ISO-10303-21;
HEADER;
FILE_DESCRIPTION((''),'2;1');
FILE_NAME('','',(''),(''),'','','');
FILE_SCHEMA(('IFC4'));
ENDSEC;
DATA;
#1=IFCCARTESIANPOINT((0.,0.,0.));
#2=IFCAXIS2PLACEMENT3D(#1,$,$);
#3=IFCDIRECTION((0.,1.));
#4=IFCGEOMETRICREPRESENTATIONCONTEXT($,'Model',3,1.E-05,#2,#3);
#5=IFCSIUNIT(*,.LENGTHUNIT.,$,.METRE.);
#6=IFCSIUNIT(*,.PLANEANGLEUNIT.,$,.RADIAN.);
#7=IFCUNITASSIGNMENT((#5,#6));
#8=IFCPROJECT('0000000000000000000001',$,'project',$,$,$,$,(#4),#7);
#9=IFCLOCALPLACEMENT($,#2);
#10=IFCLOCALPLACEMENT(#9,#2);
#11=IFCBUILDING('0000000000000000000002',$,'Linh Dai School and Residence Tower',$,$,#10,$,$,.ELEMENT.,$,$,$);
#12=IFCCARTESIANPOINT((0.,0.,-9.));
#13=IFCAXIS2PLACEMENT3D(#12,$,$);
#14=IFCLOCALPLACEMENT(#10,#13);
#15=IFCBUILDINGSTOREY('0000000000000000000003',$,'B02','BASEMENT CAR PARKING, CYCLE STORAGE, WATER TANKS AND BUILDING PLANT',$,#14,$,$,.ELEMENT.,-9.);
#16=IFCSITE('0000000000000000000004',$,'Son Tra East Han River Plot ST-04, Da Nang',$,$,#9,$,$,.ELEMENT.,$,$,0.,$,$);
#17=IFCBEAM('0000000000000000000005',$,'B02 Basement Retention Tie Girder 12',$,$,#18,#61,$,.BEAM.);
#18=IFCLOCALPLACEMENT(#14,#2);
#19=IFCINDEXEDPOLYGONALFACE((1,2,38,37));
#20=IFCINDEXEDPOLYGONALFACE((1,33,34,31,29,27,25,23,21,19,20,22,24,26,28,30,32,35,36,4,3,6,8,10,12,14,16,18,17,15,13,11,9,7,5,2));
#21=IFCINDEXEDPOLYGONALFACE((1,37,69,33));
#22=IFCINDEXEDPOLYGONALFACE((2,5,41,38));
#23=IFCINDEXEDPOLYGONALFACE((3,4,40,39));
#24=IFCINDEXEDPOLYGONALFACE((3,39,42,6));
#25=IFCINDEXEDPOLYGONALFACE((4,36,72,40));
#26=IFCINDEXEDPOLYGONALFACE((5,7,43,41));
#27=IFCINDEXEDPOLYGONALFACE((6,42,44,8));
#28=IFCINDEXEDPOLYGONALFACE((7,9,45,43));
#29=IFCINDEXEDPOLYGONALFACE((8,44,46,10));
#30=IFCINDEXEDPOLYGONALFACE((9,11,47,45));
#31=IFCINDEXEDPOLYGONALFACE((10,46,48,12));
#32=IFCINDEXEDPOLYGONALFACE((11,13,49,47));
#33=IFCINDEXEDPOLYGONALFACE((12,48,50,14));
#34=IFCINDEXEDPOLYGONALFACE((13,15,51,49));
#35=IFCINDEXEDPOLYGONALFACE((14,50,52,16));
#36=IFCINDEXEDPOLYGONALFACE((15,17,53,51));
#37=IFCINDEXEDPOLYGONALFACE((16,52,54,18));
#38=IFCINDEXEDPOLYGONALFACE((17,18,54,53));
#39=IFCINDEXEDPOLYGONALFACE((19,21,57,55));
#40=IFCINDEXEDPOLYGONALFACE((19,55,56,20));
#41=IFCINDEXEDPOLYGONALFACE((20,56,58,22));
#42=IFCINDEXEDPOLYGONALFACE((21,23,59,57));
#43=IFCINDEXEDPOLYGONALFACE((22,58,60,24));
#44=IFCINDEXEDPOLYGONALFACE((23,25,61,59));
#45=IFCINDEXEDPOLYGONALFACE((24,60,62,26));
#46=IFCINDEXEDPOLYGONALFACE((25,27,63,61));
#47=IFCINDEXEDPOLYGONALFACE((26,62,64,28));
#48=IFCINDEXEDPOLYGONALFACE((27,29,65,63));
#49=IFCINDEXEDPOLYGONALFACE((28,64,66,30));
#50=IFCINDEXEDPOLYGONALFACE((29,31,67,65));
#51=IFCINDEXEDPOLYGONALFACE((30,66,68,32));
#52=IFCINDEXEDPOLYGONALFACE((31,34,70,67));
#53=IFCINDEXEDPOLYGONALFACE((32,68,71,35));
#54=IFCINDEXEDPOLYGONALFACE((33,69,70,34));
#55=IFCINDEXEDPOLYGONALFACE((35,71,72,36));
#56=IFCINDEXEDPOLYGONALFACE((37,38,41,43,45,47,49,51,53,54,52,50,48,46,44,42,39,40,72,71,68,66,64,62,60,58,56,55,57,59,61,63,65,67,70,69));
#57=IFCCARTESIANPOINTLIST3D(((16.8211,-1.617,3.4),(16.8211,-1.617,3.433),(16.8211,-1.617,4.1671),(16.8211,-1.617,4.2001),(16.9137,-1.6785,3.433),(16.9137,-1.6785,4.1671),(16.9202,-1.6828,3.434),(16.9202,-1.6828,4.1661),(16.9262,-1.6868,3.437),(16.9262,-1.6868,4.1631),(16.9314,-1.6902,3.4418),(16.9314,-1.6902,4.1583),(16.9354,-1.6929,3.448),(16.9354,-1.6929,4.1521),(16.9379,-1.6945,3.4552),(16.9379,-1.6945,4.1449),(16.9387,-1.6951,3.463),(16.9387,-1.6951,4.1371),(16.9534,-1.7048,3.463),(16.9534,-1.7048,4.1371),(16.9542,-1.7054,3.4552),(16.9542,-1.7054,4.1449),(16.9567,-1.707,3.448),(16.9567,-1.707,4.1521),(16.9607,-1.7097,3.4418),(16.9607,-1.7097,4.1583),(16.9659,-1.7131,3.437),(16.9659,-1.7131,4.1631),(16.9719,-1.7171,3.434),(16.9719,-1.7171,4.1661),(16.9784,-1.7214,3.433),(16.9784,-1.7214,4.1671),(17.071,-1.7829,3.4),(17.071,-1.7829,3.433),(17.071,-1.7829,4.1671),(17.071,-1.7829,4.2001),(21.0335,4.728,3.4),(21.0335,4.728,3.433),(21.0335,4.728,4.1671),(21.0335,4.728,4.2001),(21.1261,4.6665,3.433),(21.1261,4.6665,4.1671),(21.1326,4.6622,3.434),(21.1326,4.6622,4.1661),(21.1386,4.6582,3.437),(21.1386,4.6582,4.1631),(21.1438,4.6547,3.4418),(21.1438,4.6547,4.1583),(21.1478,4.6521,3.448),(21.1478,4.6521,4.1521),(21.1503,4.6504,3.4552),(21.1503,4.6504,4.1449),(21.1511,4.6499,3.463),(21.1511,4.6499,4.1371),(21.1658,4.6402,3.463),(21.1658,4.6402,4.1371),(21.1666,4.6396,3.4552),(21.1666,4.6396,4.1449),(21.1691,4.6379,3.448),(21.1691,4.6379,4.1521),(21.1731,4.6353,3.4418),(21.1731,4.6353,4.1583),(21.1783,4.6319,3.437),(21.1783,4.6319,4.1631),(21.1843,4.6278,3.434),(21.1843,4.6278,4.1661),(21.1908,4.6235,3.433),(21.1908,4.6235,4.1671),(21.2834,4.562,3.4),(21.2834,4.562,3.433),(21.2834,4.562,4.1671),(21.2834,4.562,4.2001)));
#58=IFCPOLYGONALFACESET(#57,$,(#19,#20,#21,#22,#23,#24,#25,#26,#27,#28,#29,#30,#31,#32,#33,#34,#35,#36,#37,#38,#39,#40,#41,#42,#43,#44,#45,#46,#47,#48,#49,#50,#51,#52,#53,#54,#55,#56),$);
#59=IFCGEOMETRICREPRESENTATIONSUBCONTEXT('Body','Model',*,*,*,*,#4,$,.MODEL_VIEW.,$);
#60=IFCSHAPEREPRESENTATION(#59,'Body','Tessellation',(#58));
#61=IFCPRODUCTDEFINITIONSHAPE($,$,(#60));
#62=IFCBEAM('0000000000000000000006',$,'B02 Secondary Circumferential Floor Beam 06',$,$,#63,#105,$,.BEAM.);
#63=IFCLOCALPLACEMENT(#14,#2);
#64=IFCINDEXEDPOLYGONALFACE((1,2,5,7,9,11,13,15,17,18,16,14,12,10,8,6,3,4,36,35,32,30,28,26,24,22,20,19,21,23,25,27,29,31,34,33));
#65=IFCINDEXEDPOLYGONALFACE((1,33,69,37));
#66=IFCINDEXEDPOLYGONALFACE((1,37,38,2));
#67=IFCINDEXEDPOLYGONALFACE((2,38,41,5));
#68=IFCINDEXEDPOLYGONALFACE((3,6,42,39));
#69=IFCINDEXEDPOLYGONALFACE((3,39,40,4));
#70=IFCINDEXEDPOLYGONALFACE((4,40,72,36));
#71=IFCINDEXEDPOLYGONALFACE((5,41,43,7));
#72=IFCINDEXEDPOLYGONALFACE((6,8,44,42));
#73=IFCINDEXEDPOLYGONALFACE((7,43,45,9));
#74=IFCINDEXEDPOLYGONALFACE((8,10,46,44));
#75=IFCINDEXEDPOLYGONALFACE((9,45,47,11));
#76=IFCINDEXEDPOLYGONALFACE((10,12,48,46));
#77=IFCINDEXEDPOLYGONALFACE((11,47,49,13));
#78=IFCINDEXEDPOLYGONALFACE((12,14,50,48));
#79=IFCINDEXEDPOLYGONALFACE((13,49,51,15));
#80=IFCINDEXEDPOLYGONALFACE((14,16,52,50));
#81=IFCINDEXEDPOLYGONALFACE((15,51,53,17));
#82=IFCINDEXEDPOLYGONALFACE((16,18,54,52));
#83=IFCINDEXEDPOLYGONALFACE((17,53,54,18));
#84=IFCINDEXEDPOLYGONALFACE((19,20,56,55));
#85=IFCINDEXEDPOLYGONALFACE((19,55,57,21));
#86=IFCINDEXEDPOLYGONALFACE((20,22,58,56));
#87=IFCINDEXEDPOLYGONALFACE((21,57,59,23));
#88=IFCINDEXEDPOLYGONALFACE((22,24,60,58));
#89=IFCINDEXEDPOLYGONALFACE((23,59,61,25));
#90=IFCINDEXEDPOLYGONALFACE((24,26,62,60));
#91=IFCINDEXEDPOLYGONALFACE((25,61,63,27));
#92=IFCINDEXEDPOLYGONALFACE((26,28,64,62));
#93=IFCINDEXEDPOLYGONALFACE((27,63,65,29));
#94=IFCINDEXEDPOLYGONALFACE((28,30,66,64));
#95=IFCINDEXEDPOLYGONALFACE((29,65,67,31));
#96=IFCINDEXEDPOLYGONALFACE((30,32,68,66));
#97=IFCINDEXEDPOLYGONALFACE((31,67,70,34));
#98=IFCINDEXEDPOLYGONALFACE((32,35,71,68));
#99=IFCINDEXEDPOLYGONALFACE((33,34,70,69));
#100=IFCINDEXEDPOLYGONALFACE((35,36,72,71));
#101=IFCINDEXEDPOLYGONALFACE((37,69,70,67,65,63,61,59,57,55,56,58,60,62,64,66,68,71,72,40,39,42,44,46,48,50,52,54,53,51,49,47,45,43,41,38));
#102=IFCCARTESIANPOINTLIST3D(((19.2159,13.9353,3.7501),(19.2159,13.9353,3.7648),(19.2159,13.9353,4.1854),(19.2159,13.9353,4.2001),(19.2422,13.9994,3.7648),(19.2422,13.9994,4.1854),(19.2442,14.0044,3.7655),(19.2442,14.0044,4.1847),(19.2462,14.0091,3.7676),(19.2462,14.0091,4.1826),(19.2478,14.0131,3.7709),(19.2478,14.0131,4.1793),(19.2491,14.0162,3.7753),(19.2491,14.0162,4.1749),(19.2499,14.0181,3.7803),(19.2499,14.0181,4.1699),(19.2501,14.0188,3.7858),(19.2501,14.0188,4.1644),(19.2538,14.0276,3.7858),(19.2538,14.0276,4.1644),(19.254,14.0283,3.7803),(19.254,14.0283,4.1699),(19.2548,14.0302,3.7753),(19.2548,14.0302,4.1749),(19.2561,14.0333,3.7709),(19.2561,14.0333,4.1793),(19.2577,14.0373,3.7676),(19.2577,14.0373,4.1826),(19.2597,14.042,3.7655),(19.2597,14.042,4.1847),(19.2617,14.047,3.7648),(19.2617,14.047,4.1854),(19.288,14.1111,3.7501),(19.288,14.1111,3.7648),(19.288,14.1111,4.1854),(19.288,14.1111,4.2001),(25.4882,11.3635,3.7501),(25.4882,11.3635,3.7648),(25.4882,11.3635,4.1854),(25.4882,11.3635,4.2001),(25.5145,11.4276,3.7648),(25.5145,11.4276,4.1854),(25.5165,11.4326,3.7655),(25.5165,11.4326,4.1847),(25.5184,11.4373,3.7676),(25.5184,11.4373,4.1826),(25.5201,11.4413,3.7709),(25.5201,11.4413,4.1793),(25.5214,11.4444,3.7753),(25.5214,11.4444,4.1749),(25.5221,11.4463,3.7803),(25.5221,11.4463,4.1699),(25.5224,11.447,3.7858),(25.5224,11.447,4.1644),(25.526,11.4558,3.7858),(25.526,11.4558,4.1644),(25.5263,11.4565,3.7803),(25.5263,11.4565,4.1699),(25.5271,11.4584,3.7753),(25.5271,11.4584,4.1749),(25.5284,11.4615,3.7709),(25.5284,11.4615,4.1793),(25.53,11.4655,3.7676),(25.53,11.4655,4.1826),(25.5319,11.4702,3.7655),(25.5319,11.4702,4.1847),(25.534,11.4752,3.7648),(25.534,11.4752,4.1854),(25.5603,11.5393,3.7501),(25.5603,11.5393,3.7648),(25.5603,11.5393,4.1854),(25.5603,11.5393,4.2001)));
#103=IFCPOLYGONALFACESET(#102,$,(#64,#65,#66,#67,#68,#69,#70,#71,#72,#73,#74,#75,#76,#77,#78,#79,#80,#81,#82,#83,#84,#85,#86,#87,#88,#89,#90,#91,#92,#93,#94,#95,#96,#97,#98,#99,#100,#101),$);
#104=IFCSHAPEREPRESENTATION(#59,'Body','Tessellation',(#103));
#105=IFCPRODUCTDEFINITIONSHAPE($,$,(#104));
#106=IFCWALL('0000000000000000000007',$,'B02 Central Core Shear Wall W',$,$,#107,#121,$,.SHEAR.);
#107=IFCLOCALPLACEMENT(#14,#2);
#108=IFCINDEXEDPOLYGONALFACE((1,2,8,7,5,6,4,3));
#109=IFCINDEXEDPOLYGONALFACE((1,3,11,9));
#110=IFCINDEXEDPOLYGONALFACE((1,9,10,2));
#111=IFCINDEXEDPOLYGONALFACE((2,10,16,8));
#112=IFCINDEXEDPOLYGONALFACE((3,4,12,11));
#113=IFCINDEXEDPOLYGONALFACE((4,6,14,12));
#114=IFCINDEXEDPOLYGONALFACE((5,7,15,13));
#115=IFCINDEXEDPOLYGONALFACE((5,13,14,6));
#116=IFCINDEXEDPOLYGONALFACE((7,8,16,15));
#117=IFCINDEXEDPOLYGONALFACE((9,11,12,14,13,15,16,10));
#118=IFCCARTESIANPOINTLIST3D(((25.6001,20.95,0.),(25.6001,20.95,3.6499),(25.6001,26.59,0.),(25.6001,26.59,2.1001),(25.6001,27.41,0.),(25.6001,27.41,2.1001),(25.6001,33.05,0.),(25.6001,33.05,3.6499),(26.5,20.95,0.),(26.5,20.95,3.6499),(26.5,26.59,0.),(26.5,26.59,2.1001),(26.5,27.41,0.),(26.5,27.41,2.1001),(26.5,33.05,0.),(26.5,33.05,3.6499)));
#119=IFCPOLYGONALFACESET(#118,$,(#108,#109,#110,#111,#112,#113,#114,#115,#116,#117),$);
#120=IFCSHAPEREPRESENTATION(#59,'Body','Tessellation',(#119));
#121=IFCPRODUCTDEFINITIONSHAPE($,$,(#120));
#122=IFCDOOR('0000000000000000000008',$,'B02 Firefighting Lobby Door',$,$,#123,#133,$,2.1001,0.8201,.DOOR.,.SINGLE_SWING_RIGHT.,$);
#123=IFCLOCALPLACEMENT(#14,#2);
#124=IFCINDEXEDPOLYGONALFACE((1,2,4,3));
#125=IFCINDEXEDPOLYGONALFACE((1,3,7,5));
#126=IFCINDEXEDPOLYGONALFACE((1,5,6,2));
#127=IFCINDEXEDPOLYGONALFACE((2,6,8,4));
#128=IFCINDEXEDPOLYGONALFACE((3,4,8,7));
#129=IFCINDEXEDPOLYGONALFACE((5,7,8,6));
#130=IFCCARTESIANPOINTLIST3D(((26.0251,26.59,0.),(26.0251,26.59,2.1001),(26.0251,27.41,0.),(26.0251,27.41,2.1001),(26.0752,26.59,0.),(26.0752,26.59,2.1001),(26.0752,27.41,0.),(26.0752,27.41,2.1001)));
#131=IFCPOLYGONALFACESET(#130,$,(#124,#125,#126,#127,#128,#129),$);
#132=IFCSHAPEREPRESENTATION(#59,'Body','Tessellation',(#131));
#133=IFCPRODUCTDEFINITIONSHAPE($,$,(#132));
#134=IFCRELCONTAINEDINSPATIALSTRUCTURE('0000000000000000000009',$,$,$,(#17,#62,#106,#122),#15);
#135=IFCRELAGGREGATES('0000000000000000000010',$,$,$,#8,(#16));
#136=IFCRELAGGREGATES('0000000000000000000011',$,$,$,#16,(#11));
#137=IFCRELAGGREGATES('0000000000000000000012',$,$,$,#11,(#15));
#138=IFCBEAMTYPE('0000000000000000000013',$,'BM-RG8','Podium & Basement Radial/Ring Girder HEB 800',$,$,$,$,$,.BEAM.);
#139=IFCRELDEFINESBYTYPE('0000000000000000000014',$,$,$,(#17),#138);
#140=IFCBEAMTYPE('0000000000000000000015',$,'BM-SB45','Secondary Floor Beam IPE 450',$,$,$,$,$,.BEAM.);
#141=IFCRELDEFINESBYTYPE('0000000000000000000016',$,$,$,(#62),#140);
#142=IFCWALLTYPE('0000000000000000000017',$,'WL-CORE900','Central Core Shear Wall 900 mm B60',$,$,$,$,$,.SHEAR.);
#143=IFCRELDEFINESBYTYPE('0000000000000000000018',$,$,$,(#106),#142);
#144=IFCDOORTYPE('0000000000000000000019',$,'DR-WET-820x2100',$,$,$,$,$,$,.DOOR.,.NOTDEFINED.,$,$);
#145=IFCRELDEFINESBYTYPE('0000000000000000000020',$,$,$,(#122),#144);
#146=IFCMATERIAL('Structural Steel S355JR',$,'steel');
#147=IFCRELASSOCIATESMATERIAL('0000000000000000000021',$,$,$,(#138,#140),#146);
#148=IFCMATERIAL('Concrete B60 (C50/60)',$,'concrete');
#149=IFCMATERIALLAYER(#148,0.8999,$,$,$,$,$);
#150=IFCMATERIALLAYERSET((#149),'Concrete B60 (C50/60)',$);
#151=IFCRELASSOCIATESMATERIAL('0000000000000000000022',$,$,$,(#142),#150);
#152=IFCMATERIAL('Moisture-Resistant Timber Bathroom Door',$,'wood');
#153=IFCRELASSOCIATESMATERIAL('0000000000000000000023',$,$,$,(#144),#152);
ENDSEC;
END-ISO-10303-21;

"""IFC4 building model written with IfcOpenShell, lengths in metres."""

from ifc_helpers import new_model, si_unit, direction, frame, frame_2d, origin, origin_2d, place, context, subcontext, project, spatial, rectangle, i_section, extrude, source, transform, mapped, material, layer, layer_set, material_profile, profile_set, type_object, element, fill, save


model = new_model("IFC4")

# Units and contexts
model_context = context("Model", 3, precision=1e-05, world=origin(), true_north=direction((0.0, 1.0)))
body_context = subcontext(model_context, "Body", "Model", "MODEL_VIEW")
ifc_project = project(units=[si_unit("LENGTHUNIT", "METRE"), si_unit("PLANEANGLEUNIT", "RADIAN")], contexts=[model_context])

# Site, building, storey
site_placement = place(None, origin())
site = spatial("IfcSite", under=ifc_project, at=site_placement, Name="Son Tra East Han River Plot ST-04, Da Nang", CompositionType="ELEMENT", RefElevation=0.0)
building_placement = place(site_placement, origin())
building = spatial("IfcBuilding", under=site, at=building_placement, Name="Linh Dai School and Residence Tower", CompositionType="ELEMENT")
storey_placement = place(building_placement, frame((0.0, 0.0, -9.0)))
storey = spatial("IfcBuildingStorey", under=building, at=storey_placement, Name="B02", Description="BASEMENT CAR PARKING, CYCLE STORAGE, WATER TANKS AND BUILDING PLANT", CompositionType="ELEMENT", Elevation=-9.0)

# Shared definitions
ifc_material_1 = material(Name="Concrete B60 (C50/60)", Category="concrete")
ifc_material_2 = material(Name="Structural Steel S355JR", Category="steel")

# Beams
ifc_material_profile_1 = material_profile(ifc_material_2, i_section(OverallWidth=0.3, OverallDepth=0.8, WebThickness=0.0176, FlangeThickness=0.033, FilletRadius=0.03, at=origin_2d()), Name="HEB 800")
ifc_profile_set_1 = profile_set([ifc_material_profile_1], Name="Structural Steel S355JR")
beam_type_1 = type_object("IfcBeamType", Name="BM-RG8", Description="Podium & Basement Radial/Ring Girder HEB 800", PredefinedType="BEAM", material=ifc_profile_set_1)
beam_1_placement = place(storey_placement, frame((21.1584, 4.645, 3.8), z_axis=(-0.553101, -0.833114, 0.0), x_axis=(0.833114, -0.553101, 0.0)))
element("IfcBeam", 1, at=beam_1_placement, inside=storey, type_object=beam_type_1, Name="B02 Basement Retention Tie Girder 12", PredefinedType="BEAM", context=body_context, shape_type="SweptSolid", body=[
    extrude(i_section(OverallWidth=0.3, OverallDepth=0.8, WebThickness=0.0176, FlangeThickness=0.033, FilletRadius=0.03, at=origin_2d()), origin(), (0.0, 0.0, 1.0), 7.616),
])
ifc_material_profile_2 = material_profile(ifc_material_2, i_section(OverallWidth=0.1899, OverallDepth=0.45, WebThickness=0.0095, FlangeThickness=0.0146, FilletRadius=0.021, at=origin_2d()), Name="IPE 450")
ifc_profile_set_2 = profile_set([ifc_material_profile_2], Name="Structural Steel S355JR")
beam_type_2 = type_object("IfcBeamType", Name="BM-SB45", Description="Secondary Floor Beam IPE 450", PredefinedType="BEAM", material=ifc_profile_set_2)
beam_2_placement = place(storey_placement, frame((19.252, 14.0232, 3.9751), z_axis=(0.925243, -0.379375, 0.0), x_axis=(0.379375, 0.925243, 0.0)))
element("IfcBeam", 2, at=beam_2_placement, inside=storey, type_object=beam_type_2, Name="B02 Secondary Circumferential Floor Beam 06", PredefinedType="BEAM", context=body_context, shape_type="SweptSolid", body=[
    extrude(i_section(OverallWidth=0.1899, OverallDepth=0.45, WebThickness=0.0095, FlangeThickness=0.0146, FilletRadius=0.021, at=origin_2d()), origin(), (0.0, 0.0, 1.0), 6.7791),
])

# Wall, opening, door
ifc_layer_1 = layer(ifc_material_1, 0.8999)
ifc_layer_set_1 = layer_set([ifc_layer_1], Name="Concrete B60 (C50/60)")
wall_type_1 = type_object("IfcWallType", Name="WL-CORE900", Description="Central Core Shear Wall 900 mm B60", PredefinedType="SHEAR", material=ifc_layer_set_1)
wall_1_placement = place(storey_placement, frame((26.05, 20.95, 0.0), z_axis=(0.0, 0.0, 1.0), x_axis=(0.0, 1.0, 0.0)))
wall_1 = element("IfcWall", 3, at=wall_1_placement, inside=storey, type_object=wall_type_1, Name="B02 Central Core Shear Wall W", PredefinedType="SHEAR", context=body_context, shape_type="SweptSolid", body=[
    extrude(rectangle(XDim=12.1001, YDim=0.8999, at=frame_2d((6.05, 0.0))), origin(), (0.0, 0.0, 1.0), 3.6499),
])
opening_1_placement = place(wall_1_placement, frame((5.6399, 0.0, 0.0)))
opening_1 = element("IfcOpeningElement", 4, at=opening_1_placement, cuts=wall_1, PredefinedType="OPENING", context=body_context, shape_type="SweptSolid", body=[
    extrude(rectangle(XDim=0.8201, YDim=2.1001, at=origin_2d()), frame((0.4102, 0.46, 1.05), z_axis=(0.0, -1.0, 0.0), x_axis=(1.0, 0.0, 0.0)), (0.0, 0.0, 1.0), 0.9199),
])
ifc_material_3 = material(Name="Moisture-Resistant Timber Bathroom Door", Category="wood")
door_type_1 = type_object("IfcDoorType", Name="DR-WET-820x2100", OperationType="NOTDEFINED", PredefinedType="DOOR", material=ifc_material_3)
shared_shape_1 = source(origin(), body_context, "Body", "SweptSolid", [
    extrude(rectangle(XDim=0.8201, YDim=2.1001, at=origin_2d()), frame((0.4102, 0.0249, 1.05), z_axis=(0.0, -1.0, 0.0), x_axis=(1.0, 0.0, 0.0)), (0.0, 0.0, 1.0), 0.05),
])
door_1_placement = place(opening_1_placement, origin())
door_1 = element("IfcDoor", 5, at=door_1_placement, inside=storey, type_object=door_type_1, Name="B02 Firefighting Lobby Door", OperationType="SINGLE_SWING_RIGHT", OverallHeight=2.1001, OverallWidth=0.8201, PredefinedType="DOOR", context=body_context, shape_type="MappedRepresentation", body=[
    mapped(shared_shape_1, transform((0.0, 0.0, 0.0), x_axis=(1.0, 0.0, 0.0), y_axis=(0.0, 1.0, 0.0), z_axis=(0.0, 0.0, 1.0), scale=1.0)),
])
fill(opening_1, door_1)

save(model, "model.ifc")
